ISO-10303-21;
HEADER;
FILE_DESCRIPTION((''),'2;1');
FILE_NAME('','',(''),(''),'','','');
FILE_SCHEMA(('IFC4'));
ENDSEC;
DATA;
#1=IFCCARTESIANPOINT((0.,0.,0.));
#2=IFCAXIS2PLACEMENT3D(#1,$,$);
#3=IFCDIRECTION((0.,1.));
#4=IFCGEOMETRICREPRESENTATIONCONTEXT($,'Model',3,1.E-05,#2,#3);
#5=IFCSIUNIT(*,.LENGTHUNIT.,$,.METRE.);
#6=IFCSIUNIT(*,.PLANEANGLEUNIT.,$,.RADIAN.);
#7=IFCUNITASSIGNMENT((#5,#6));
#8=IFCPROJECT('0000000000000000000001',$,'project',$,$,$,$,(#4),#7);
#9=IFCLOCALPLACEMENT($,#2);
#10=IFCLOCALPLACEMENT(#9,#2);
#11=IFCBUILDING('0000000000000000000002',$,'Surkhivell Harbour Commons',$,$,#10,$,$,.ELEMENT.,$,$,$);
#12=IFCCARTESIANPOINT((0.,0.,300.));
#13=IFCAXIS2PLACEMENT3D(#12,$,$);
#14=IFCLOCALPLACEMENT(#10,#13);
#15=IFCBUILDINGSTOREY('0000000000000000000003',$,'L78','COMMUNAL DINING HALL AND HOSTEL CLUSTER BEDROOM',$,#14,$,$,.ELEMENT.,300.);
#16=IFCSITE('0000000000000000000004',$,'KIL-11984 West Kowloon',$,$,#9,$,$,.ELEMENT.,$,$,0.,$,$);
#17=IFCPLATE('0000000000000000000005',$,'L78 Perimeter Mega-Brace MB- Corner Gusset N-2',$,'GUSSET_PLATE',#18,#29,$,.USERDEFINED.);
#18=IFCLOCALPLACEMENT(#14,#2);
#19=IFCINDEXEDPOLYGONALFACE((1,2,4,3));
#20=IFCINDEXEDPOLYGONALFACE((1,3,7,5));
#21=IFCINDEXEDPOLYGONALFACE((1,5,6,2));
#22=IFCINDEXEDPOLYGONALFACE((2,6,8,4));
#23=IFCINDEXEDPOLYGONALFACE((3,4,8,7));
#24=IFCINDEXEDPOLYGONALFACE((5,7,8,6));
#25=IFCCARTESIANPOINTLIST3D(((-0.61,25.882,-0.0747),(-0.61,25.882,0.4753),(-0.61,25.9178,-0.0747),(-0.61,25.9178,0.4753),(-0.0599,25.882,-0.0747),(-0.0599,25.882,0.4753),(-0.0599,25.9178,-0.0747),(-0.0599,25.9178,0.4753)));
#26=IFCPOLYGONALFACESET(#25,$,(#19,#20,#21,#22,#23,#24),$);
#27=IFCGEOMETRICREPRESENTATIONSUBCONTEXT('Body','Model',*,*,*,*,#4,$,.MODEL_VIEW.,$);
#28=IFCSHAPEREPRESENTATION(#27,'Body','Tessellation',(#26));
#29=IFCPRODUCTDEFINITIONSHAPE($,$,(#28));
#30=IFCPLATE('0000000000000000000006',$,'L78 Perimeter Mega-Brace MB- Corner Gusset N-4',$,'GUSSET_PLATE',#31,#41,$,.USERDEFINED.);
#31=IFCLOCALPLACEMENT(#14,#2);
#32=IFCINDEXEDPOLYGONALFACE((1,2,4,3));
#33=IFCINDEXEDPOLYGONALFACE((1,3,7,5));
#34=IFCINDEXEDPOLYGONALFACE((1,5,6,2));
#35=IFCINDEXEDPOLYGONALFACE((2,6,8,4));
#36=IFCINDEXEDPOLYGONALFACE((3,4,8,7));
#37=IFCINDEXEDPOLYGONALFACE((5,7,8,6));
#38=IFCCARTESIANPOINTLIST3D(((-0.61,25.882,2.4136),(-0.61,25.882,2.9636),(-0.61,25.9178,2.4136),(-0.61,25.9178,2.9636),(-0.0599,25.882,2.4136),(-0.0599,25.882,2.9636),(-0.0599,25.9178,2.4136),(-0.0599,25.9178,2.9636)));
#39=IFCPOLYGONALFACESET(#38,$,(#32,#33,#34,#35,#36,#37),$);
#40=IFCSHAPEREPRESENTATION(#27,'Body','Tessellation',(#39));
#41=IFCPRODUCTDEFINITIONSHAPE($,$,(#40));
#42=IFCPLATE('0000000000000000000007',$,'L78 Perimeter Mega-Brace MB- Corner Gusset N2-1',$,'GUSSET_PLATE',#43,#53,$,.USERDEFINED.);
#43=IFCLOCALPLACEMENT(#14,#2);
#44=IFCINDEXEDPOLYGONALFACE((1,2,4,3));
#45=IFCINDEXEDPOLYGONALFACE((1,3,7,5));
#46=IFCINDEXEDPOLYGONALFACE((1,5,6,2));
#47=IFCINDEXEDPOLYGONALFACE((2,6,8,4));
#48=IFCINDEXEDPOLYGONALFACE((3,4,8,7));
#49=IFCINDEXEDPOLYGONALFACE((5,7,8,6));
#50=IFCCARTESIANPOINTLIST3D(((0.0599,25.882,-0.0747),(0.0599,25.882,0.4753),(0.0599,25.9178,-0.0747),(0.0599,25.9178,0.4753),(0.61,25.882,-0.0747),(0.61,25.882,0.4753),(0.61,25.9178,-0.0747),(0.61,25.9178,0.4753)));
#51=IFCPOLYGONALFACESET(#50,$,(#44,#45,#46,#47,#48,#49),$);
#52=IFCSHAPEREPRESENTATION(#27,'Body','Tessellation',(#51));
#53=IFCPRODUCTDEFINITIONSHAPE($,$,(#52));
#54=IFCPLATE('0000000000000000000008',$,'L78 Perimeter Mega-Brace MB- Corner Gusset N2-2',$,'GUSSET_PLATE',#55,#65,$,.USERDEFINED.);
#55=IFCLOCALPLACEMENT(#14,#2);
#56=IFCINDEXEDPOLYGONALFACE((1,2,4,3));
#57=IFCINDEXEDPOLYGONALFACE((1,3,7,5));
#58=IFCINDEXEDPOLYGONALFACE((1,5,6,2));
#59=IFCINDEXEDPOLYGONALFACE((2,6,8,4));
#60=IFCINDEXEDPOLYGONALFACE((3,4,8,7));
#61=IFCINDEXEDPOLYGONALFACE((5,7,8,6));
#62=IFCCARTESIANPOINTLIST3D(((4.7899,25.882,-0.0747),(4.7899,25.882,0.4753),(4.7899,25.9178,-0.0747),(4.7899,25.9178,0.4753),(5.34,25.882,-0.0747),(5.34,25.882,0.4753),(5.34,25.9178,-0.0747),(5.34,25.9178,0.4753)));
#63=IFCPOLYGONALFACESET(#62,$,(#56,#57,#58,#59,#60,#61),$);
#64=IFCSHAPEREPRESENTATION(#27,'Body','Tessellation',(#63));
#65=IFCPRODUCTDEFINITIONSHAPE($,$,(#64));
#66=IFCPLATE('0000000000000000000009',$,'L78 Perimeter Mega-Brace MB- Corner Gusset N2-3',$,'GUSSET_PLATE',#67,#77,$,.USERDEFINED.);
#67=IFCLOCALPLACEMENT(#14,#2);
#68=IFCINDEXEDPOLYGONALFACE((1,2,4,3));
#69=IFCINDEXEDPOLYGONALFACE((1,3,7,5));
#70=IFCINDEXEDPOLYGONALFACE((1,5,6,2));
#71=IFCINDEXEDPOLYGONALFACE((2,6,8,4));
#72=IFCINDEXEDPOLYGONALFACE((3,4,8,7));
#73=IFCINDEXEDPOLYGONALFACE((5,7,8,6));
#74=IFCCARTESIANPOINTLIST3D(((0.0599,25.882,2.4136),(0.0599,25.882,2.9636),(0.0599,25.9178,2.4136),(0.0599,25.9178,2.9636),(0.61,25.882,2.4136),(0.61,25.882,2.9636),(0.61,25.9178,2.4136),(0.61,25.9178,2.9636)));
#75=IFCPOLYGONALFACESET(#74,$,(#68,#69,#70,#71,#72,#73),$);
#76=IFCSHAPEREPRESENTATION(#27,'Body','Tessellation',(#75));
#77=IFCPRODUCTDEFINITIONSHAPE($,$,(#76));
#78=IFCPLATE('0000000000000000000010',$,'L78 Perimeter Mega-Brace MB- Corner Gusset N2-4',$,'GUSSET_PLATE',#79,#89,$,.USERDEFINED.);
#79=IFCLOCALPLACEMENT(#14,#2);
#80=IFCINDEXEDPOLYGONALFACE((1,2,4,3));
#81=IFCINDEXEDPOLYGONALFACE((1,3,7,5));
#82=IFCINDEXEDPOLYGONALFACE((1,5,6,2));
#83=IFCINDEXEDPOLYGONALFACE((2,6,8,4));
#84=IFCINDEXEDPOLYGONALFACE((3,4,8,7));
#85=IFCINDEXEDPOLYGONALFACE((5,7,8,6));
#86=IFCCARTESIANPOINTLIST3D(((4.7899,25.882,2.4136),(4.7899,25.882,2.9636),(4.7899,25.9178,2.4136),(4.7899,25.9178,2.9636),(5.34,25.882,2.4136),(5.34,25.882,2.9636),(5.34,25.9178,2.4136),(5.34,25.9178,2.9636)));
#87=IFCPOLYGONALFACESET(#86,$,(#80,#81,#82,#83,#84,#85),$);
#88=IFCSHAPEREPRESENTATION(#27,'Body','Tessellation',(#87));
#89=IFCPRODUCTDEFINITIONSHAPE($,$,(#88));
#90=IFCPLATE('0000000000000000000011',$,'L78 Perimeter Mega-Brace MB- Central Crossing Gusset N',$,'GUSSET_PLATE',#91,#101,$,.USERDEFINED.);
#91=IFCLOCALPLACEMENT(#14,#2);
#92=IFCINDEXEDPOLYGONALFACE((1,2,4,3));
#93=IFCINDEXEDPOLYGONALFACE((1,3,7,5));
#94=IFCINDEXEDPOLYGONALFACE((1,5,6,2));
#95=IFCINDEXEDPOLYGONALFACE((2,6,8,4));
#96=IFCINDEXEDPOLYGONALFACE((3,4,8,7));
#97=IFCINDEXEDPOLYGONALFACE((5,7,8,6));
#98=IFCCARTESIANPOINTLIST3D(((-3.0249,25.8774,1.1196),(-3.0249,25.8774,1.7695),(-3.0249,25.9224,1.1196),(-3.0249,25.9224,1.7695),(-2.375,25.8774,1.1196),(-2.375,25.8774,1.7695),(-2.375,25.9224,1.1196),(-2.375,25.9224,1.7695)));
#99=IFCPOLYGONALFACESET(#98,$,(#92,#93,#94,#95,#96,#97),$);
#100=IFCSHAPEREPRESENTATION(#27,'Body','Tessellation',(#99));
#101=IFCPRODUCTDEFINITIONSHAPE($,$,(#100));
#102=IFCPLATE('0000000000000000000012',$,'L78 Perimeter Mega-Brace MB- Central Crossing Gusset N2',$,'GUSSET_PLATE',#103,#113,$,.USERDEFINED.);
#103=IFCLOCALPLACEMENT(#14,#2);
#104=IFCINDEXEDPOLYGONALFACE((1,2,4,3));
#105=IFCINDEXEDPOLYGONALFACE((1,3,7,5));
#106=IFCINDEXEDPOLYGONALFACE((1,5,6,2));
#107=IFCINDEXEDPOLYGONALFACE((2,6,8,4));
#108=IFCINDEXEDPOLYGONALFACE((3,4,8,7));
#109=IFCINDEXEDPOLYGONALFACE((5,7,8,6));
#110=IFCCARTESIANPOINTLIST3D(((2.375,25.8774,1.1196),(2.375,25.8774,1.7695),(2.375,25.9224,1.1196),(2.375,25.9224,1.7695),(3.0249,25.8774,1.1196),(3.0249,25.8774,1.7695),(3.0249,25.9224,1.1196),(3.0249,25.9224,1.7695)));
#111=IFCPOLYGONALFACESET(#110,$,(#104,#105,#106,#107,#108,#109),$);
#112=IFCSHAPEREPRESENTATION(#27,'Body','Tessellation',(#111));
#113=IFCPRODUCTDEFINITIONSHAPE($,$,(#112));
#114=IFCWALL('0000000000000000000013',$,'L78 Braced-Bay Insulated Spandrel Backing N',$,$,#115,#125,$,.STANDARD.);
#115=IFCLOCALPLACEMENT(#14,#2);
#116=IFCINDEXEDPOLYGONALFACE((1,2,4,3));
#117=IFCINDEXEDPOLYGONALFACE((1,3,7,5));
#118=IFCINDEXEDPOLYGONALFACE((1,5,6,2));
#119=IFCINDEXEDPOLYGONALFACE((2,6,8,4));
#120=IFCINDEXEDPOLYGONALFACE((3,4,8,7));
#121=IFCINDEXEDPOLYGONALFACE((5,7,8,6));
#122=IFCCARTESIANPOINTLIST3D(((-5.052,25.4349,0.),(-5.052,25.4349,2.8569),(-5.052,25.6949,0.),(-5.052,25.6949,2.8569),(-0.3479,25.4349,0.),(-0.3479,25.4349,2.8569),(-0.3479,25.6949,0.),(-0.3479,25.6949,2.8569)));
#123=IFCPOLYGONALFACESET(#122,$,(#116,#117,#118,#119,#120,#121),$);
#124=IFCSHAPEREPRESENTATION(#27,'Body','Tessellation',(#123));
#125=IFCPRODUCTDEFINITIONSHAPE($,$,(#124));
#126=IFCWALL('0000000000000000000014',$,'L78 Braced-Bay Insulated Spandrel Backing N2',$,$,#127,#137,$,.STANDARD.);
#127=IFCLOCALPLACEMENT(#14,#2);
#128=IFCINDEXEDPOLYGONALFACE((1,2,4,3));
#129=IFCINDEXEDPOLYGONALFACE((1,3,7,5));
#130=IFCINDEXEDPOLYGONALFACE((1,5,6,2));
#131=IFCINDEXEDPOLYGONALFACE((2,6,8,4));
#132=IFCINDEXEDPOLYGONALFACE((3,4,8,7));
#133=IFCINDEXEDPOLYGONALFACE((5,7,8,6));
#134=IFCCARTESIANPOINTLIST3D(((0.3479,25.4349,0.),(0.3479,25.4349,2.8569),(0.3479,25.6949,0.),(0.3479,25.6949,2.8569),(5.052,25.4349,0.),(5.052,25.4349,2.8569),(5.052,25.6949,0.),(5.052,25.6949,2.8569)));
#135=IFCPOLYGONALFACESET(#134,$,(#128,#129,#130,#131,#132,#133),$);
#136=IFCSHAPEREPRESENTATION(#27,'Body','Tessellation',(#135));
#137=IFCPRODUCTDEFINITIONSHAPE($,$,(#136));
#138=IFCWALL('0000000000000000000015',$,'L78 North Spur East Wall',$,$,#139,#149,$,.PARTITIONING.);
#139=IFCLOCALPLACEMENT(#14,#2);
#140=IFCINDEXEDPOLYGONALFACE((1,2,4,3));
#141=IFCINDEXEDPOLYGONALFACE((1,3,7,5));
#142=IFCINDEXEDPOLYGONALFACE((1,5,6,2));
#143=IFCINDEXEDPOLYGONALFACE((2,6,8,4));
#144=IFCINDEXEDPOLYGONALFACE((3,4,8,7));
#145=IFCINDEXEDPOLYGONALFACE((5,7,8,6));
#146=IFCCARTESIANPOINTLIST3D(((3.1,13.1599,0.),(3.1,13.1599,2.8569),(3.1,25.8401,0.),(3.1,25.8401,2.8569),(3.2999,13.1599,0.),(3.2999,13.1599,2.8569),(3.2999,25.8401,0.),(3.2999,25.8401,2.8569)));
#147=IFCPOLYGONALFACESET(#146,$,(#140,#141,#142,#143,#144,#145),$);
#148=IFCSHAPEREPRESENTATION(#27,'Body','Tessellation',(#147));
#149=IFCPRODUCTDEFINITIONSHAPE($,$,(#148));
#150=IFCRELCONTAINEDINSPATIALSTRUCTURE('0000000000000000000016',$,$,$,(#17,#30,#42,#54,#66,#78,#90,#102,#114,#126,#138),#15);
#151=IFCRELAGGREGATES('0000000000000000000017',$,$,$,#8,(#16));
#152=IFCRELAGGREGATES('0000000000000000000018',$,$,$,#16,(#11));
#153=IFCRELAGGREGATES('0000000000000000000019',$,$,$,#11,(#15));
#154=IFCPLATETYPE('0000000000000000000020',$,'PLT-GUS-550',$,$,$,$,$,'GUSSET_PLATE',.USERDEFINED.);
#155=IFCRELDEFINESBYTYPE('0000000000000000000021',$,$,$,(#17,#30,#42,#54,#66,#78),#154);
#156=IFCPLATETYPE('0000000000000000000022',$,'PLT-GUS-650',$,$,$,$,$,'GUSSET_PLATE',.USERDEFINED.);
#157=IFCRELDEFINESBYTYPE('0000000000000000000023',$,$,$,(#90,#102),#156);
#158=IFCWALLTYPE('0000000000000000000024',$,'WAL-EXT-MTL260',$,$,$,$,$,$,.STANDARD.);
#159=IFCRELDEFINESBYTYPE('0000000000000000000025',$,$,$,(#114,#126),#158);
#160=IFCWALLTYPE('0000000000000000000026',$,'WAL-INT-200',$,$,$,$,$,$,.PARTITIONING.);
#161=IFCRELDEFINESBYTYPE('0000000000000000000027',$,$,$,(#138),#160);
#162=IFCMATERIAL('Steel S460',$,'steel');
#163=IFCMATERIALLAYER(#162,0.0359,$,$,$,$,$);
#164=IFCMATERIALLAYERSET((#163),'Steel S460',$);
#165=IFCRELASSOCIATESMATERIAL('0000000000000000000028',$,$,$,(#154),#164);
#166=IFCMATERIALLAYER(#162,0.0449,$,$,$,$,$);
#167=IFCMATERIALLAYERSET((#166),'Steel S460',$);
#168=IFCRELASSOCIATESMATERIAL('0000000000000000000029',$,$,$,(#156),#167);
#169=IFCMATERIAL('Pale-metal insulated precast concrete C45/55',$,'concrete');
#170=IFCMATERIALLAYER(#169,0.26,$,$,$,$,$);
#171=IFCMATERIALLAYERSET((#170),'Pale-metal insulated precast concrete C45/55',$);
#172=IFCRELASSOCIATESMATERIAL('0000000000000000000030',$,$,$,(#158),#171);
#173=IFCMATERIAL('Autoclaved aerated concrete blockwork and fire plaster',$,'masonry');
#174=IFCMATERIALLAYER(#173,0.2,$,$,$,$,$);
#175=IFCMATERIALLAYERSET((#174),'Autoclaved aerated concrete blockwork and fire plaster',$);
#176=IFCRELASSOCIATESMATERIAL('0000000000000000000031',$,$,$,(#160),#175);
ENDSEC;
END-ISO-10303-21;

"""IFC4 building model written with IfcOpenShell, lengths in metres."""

from ifc_helpers import new_model, si_unit, direction, frame, frame_2d, origin, origin_2d, place, context, subcontext, project, spatial, rectangle, extrude, material, layer, layer_set, type_object, element, save


model = new_model("IFC4")

# Units and contexts
model_context = context("Model", 3, precision=1e-05, world=origin(), true_north=direction((0.0, 1.0)))
body_context = subcontext(model_context, "Body", "Model", "MODEL_VIEW")
ifc_project = project(units=[si_unit("LENGTHUNIT", "METRE"), si_unit("PLANEANGLEUNIT", "RADIAN")], contexts=[model_context])

# Site, building, storey
site_placement = place(None, origin())
site = spatial("IfcSite", under=ifc_project, at=site_placement, Name="KIL-11984 West Kowloon", CompositionType="ELEMENT", RefElevation=0.0)
building_placement = place(site_placement, origin())
building = spatial("IfcBuilding", under=site, at=building_placement, Name="Surkhivell Harbour Commons", CompositionType="ELEMENT")
storey_placement = place(building_placement, frame((0.0, 0.0, 300.0)))
storey = spatial("IfcBuildingStorey", under=building, at=storey_placement, Name="L78", Description="COMMUNAL DINING HALL AND HOSTEL CLUSTER BEDROOM", CompositionType="ELEMENT", Elevation=300.0)

# Shared definitions
ifc_material_1 = material(Name="Steel S460", Category="steel")

# Plates
ifc_layer_1 = layer(ifc_material_1, 0.0359)
ifc_layer_set_1 = layer_set([ifc_layer_1], Name="Steel S460")
plate_type_1 = type_object("IfcPlateType", Name="PLT-GUS-550", ElementType="GUSSET_PLATE", PredefinedType="USERDEFINED", material=ifc_layer_set_1)
for number, where, z_axis, x_axis, name in (
    (1, (-0.335, 25.8999, -0.0747), (0.0, 0.0, 1.0), (1.0, 0.0, 0.0), "L78 Perimeter Mega-Brace MB- Corner Gusset N-2"),
    (2, (-0.335, 25.8999, 2.4136), (0.0, 0.0, 1.0), (1.0, 0.0, 0.0), "L78 Perimeter Mega-Brace MB- Corner Gusset N-4"),
    (3, (0.335, 25.8999, -0.0747), (0.0, 0.0, 1.0), (1.0, 0.0, 0.0), "L78 Perimeter Mega-Brace MB- Corner Gusset N2-1"),
    (4, (5.0649, 25.8999, -0.0747), (0.0, 0.0, 1.0), (1.0, 0.0, 0.0), "L78 Perimeter Mega-Brace MB- Corner Gusset N2-2"),
    (5, (0.335, 25.8999, 2.4136), (0.0, 0.0, 1.0), (1.0, 0.0, 0.0), "L78 Perimeter Mega-Brace MB- Corner Gusset N2-3"),
    (6, (5.0649, 25.8999, 2.4136), (0.0, 0.0, 1.0), (1.0, 0.0, 0.0), "L78 Perimeter Mega-Brace MB- Corner Gusset N2-4"),
):
    element("IfcPlate", number, at=place(storey_placement, frame(where, z_axis=z_axis, x_axis=x_axis)), inside=storey, type_object=plate_type_1, Name=name, ObjectType="GUSSET_PLATE", PredefinedType="USERDEFINED", context=body_context, shape_type="SweptSolid", body=[
        extrude(rectangle(XDim=0.55, YDim=0.0359, at=origin_2d()), origin(), (0.0, 0.0, 1.0), 0.55),
    ])
ifc_layer_2 = layer(ifc_material_1, 0.0449)
ifc_layer_set_2 = layer_set([ifc_layer_2], Name="Steel S460")
plate_type_2 = type_object("IfcPlateType", Name="PLT-GUS-650", ElementType="GUSSET_PLATE", PredefinedType="USERDEFINED", material=ifc_layer_set_2)
for number, where, z_axis, x_axis, name in (
    (7, (-2.7, 25.8999, 1.1196), (0.0, 0.0, 1.0), (1.0, 0.0, 0.0), "L78 Perimeter Mega-Brace MB- Central Crossing Gusset N"),
    (8, (2.7, 25.8999, 1.1196), (0.0, 0.0, 1.0), (1.0, 0.0, 0.0), "L78 Perimeter Mega-Brace MB- Central Crossing Gusset N2"),
):
    element("IfcPlate", number, at=place(storey_placement, frame(where, z_axis=z_axis, x_axis=x_axis)), inside=storey, type_object=plate_type_2, Name=name, ObjectType="GUSSET_PLATE", PredefinedType="USERDEFINED", context=body_context, shape_type="SweptSolid", body=[
        extrude(rectangle(XDim=0.6499, YDim=0.0449, at=origin_2d()), origin(), (0.0, 0.0, 1.0), 0.6499),
    ])

# Walls
ifc_material_2 = material(Name="Pale-metal insulated precast concrete C45/55", Category="concrete")
ifc_layer_3 = layer(ifc_material_2, 0.26)
ifc_layer_set_3 = layer_set([ifc_layer_3], Name="Pale-metal insulated precast concrete C45/55")
wall_type_1 = type_object("IfcWallType", Name="WAL-EXT-MTL260", PredefinedType="STANDARD", material=ifc_layer_set_3)
for number, where, z_axis, x_axis, name in (
    (9, (-0.3479, 25.5649, 0.0), (0.0, 0.0, 1.0), (-1.0, 0.0, 0.0), "L78 Braced-Bay Insulated Spandrel Backing N"),
    (10, (5.052, 25.5649, 0.0), (0.0, 0.0, 1.0), (-1.0, 0.0, 0.0), "L78 Braced-Bay Insulated Spandrel Backing N2"),
):
    element("IfcWall", number, at=place(storey_placement, frame(where, z_axis=z_axis, x_axis=x_axis)), inside=storey, type_object=wall_type_1, Name=name, PredefinedType="STANDARD", context=body_context, shape_type="SweptSolid", body=[
        extrude(rectangle(XDim=4.7041, YDim=0.26, at=frame_2d((2.3521, 0.0))), origin(), (0.0, 0.0, 1.0), 2.8569),
    ])
ifc_material_3 = material(Name="Autoclaved aerated concrete blockwork and fire plaster", Category="masonry")
ifc_layer_4 = layer(ifc_material_3, 0.2)
ifc_layer_set_4 = layer_set([ifc_layer_4], Name="Autoclaved aerated concrete blockwork and fire plaster")
wall_type_2 = type_object("IfcWallType", Name="WAL-INT-200", PredefinedType="PARTITIONING", material=ifc_layer_set_4)
wall_placement = place(storey_placement, frame((3.2, 13.1599, 0.0), z_axis=(0.0, 0.0, 1.0), x_axis=(0.0, 1.0, 0.0)))
element("IfcWall", 11, at=wall_placement, inside=storey, type_object=wall_type_2, Name="L78 North Spur East Wall", PredefinedType="PARTITIONING", context=body_context, shape_type="SweptSolid", body=[
    extrude(rectangle(XDim=12.6802, YDim=0.2, at=frame_2d((6.3401, 0.0))), origin(), (0.0, 0.0, 1.0), 2.8569),
])

save(model, "model.ifc")
